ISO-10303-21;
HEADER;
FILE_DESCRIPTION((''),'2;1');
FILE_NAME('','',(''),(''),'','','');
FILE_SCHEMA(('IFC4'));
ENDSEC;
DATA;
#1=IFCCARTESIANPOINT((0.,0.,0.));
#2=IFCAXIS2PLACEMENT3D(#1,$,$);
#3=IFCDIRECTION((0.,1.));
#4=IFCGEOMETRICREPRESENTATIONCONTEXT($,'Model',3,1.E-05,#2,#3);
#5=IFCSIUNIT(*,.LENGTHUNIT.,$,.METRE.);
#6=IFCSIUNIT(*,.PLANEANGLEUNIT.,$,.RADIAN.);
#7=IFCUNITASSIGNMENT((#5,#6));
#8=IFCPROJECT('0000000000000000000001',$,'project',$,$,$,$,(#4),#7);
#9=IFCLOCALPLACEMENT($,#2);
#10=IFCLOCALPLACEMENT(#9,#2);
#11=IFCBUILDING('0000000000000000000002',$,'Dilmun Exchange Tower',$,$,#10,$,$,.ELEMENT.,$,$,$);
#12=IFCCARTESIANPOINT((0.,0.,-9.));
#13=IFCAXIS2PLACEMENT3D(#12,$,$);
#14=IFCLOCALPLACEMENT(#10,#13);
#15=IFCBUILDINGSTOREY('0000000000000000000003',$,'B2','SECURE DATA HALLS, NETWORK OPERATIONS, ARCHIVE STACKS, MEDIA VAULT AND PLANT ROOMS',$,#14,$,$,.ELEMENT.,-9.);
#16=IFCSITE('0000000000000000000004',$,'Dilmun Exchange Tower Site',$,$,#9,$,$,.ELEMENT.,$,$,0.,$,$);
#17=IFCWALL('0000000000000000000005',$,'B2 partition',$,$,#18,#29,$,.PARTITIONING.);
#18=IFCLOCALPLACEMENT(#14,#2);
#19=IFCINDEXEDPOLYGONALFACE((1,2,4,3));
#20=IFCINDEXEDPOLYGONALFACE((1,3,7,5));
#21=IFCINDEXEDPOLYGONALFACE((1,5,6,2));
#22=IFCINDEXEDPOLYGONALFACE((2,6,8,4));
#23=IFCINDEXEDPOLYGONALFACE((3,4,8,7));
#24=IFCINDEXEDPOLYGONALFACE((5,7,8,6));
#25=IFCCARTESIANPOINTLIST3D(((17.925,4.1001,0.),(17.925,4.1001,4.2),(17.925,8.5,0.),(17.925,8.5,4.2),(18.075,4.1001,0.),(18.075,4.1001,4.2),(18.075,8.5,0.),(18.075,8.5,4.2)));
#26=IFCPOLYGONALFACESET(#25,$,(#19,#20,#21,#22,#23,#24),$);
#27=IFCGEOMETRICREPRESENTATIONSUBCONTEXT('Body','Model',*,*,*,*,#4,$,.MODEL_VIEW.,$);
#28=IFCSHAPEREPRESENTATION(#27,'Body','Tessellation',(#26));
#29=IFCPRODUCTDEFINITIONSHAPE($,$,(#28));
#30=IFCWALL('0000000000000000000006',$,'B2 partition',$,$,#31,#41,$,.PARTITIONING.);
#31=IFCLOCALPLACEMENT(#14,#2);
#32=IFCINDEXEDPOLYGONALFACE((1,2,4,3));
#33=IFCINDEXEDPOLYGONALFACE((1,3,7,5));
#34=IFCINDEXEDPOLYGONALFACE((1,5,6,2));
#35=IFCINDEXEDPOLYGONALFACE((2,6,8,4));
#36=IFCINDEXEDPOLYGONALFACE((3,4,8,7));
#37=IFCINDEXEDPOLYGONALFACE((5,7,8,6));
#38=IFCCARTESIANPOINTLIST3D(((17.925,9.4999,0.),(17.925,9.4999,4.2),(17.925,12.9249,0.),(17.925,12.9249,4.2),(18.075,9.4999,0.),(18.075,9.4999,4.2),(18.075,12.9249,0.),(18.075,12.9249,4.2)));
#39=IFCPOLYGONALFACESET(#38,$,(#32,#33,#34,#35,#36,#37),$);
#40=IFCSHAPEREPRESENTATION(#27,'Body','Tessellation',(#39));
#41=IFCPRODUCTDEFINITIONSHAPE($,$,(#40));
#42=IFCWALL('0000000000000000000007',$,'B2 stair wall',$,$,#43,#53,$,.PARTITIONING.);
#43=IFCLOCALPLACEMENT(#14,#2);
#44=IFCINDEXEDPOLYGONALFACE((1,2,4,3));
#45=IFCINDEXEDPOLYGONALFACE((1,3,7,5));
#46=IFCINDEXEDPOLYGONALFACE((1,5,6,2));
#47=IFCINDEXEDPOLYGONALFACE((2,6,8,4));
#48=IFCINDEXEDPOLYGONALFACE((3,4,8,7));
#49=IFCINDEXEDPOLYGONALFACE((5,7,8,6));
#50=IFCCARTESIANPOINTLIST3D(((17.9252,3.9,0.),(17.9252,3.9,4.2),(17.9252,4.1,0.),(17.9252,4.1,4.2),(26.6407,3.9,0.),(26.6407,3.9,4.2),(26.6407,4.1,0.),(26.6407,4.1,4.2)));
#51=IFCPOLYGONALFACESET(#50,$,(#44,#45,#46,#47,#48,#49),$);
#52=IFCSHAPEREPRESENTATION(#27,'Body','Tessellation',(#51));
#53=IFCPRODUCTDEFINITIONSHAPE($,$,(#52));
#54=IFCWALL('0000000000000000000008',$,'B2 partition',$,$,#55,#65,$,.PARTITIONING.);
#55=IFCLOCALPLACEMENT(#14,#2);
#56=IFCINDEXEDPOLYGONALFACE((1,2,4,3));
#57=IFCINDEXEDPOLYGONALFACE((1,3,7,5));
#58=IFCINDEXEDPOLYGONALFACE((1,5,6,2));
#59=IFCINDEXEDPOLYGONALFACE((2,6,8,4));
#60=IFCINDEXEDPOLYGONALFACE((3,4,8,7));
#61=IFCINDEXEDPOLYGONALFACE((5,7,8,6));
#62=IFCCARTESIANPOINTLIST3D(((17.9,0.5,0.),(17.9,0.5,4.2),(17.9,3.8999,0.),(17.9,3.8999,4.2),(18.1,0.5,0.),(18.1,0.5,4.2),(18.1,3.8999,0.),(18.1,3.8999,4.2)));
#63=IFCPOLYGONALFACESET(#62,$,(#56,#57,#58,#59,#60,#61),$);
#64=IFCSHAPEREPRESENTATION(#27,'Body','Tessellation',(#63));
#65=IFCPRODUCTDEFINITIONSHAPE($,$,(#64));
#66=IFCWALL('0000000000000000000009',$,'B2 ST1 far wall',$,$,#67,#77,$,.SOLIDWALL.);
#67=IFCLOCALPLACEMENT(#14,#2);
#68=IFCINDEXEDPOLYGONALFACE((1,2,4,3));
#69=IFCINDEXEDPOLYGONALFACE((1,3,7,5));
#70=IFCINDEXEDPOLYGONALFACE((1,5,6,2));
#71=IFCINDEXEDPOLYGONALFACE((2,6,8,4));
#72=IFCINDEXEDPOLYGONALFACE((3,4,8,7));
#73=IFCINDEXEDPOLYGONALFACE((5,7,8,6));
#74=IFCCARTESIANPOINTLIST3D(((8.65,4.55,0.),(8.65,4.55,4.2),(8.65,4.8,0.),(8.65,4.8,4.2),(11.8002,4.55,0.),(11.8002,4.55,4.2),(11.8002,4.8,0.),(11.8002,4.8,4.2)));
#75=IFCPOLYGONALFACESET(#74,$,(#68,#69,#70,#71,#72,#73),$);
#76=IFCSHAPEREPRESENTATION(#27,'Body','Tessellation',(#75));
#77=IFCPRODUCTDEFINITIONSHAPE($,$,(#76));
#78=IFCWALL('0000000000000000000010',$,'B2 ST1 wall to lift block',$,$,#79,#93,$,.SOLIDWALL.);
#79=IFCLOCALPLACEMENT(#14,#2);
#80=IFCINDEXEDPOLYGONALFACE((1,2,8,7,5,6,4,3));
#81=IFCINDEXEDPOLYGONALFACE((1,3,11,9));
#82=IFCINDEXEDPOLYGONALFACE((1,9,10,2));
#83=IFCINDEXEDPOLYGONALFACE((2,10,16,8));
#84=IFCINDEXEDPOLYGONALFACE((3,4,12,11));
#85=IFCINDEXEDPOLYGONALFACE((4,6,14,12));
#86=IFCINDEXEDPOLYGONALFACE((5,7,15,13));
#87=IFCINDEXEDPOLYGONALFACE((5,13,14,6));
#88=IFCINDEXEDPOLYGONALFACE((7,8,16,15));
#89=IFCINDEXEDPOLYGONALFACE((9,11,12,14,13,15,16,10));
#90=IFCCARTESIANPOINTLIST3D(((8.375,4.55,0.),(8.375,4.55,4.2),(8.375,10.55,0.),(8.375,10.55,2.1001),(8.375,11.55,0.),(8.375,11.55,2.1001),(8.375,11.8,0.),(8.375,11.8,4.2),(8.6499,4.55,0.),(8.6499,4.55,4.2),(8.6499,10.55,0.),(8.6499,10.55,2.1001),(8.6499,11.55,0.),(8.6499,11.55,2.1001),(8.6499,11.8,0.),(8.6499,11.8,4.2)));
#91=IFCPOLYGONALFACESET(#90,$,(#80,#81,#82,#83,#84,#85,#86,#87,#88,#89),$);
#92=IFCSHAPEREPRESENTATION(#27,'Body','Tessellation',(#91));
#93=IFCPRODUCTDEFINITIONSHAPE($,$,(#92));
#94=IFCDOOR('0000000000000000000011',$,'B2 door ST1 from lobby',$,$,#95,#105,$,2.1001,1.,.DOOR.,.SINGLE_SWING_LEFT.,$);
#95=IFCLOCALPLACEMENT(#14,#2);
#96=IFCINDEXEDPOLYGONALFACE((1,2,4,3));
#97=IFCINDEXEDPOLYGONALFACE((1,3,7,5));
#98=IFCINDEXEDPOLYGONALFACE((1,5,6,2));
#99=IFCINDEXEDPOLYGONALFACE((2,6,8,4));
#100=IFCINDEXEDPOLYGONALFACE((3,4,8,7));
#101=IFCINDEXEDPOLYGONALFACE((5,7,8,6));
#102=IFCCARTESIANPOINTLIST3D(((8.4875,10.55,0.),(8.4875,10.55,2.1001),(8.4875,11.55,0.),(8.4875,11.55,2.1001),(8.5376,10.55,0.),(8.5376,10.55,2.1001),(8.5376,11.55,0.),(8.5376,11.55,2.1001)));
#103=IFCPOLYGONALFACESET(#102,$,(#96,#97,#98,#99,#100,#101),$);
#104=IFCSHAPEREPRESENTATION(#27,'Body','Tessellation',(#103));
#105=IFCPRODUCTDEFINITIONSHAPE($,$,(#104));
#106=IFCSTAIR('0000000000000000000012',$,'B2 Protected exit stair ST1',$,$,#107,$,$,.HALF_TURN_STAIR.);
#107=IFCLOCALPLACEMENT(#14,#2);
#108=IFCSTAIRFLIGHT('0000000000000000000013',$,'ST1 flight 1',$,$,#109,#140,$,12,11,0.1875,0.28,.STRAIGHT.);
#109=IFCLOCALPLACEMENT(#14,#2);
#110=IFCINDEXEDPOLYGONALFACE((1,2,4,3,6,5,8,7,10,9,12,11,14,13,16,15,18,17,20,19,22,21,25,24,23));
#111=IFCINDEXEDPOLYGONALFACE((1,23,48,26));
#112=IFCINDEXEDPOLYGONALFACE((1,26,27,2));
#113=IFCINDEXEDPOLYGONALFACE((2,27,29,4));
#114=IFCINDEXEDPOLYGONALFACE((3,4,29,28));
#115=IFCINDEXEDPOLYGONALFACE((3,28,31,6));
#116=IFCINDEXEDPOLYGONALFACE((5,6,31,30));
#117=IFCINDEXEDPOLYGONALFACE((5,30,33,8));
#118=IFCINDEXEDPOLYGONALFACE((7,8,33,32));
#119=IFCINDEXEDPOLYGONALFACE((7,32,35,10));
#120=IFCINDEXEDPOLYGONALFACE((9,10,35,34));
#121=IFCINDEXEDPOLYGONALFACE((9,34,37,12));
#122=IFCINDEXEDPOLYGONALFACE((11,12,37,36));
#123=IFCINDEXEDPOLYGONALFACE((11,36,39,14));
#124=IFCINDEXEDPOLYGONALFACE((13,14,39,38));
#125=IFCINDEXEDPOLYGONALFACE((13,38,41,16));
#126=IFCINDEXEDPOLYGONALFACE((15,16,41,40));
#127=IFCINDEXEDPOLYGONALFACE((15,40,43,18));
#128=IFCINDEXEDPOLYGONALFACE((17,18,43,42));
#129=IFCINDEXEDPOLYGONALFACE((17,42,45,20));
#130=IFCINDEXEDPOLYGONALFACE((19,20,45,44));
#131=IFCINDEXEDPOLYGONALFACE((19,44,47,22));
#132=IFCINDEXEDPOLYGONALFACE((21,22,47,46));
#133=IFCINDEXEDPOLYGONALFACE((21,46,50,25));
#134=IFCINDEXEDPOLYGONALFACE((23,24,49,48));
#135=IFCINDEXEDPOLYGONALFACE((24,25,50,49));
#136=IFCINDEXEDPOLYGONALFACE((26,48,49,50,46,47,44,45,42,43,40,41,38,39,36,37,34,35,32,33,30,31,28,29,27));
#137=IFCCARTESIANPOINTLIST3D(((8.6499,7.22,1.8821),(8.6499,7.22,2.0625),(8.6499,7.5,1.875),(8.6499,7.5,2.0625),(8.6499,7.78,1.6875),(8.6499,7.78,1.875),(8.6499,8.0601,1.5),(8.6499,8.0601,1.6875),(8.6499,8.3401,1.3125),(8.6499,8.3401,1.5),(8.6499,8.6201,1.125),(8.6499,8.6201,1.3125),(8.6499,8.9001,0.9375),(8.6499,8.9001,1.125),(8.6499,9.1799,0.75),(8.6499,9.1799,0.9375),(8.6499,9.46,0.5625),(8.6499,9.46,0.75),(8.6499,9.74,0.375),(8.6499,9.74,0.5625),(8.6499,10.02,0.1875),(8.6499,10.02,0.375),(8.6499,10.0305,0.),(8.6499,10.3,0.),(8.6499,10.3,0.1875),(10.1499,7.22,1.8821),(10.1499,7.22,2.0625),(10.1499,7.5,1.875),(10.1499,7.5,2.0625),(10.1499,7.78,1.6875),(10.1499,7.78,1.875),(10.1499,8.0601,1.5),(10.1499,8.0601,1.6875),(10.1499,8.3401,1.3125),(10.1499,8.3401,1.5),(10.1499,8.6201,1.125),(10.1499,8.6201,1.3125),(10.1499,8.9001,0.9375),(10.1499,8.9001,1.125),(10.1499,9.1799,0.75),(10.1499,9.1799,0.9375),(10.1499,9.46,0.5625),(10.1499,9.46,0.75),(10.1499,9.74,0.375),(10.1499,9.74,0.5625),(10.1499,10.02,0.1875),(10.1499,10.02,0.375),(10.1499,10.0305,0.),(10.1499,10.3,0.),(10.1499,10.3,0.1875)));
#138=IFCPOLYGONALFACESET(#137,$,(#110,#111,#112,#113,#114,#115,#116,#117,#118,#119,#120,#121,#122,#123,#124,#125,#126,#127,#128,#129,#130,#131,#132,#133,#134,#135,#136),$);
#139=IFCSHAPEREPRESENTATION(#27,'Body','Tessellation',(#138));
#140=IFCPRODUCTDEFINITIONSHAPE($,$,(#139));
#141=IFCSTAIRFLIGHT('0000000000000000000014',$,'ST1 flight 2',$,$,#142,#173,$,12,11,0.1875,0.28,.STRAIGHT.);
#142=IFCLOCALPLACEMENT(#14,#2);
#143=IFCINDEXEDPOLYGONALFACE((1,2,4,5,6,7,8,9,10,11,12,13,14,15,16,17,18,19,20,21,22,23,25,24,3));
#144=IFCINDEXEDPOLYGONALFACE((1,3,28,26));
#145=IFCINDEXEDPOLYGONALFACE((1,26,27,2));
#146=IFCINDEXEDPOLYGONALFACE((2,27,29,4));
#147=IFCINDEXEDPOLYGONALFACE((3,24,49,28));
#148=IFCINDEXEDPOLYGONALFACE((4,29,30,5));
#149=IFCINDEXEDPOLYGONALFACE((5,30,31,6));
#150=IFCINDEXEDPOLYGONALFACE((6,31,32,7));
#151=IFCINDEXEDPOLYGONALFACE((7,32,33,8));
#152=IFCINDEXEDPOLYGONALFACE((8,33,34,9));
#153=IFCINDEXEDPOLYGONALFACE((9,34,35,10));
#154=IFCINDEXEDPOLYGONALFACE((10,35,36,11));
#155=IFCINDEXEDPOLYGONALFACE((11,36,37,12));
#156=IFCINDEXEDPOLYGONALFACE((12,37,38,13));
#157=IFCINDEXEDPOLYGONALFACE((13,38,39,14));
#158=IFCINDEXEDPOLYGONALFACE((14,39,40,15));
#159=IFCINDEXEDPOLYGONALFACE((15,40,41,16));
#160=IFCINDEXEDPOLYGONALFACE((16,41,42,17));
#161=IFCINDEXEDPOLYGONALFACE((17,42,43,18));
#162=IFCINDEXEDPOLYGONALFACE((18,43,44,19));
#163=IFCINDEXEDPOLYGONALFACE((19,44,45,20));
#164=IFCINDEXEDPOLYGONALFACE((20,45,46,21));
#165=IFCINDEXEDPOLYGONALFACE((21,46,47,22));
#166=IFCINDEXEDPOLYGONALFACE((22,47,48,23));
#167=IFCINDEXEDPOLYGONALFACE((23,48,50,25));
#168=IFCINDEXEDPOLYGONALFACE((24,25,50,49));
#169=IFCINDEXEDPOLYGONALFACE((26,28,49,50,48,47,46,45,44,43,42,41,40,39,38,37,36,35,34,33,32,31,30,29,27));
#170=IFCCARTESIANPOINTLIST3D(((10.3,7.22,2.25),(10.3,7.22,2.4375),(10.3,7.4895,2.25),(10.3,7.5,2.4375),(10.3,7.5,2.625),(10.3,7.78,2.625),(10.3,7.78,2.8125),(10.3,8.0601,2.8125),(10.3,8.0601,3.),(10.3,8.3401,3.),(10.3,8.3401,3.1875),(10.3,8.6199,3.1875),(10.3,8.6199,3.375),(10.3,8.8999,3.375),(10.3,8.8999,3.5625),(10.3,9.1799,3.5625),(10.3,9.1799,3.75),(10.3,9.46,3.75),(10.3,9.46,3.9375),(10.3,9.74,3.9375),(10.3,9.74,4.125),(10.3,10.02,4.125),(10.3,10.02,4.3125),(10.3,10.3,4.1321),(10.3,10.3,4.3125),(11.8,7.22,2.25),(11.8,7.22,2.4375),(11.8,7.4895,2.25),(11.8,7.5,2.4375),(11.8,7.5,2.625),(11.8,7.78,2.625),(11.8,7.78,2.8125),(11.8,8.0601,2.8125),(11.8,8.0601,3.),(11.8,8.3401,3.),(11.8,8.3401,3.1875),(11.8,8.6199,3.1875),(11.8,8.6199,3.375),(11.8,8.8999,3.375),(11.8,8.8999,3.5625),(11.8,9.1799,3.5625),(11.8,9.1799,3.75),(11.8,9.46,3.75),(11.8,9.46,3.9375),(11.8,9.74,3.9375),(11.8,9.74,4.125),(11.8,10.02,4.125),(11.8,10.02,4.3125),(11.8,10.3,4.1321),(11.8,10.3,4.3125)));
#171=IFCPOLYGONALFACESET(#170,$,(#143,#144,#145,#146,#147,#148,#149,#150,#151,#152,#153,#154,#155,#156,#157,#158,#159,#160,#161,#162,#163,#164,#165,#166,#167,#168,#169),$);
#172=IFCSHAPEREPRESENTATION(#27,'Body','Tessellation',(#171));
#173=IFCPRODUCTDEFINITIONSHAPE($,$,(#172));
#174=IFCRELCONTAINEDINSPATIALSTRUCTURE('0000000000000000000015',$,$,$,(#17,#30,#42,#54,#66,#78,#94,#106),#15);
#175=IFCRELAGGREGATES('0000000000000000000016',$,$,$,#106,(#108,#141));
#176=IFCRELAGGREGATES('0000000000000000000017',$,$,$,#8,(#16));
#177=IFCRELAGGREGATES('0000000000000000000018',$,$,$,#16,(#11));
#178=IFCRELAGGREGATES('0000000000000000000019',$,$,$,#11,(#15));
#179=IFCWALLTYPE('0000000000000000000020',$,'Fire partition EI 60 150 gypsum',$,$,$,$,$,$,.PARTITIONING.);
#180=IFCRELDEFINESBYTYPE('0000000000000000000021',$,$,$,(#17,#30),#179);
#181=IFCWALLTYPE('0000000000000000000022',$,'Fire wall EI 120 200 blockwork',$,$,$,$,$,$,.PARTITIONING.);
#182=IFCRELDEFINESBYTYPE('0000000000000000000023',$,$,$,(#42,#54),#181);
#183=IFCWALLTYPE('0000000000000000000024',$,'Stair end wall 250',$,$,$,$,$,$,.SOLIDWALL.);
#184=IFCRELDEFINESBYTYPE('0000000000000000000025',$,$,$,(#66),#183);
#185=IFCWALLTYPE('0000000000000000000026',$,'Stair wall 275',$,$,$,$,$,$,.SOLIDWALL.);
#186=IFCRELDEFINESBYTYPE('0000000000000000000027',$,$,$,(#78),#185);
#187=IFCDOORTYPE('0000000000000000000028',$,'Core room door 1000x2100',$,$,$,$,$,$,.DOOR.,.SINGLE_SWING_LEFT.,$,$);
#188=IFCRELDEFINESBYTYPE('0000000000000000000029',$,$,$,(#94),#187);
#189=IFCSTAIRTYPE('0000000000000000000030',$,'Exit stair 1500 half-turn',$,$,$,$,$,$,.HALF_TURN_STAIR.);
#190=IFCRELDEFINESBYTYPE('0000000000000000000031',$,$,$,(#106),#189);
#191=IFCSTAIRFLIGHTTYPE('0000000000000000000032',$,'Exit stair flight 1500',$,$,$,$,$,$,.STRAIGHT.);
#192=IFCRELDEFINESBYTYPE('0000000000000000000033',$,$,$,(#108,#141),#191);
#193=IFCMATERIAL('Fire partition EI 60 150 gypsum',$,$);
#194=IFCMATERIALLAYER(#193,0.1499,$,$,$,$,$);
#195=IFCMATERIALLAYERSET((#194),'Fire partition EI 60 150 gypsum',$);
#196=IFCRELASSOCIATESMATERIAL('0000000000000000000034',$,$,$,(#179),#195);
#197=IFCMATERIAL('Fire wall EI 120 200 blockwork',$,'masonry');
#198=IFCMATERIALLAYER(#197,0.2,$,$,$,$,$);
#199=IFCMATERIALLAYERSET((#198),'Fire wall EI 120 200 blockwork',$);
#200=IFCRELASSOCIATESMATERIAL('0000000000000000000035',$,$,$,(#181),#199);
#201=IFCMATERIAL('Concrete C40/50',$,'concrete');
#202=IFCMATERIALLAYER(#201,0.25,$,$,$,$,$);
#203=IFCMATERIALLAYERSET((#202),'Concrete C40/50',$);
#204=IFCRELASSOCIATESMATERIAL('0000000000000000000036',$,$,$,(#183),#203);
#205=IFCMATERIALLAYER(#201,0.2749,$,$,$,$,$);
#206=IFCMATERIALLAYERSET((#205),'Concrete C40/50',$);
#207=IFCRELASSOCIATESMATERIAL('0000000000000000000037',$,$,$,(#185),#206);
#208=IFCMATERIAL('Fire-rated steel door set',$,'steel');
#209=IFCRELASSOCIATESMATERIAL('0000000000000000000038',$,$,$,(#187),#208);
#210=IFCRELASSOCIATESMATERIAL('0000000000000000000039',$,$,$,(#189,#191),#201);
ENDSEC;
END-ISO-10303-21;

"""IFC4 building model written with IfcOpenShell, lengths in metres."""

from ifc_helpers import new_model, si_unit, direction, frame, frame_2d, origin, place, context, subcontext, project, spatial, polyline, rectangle, outline, extrude, material, layer, layer_set, type_object, element, fill, aggregate, save


model = new_model("IFC4")

# Units and contexts
model_context = context("Model", 3, precision=1e-05, world=origin(), true_north=direction((0.0, 1.0)))
body_context = subcontext(model_context, "Body", "Model", "MODEL_VIEW")
ifc_project = project(units=[si_unit("LENGTHUNIT", "METRE"), si_unit("PLANEANGLEUNIT", "RADIAN")], contexts=[model_context])

# Site, building, storey
site_placement = place(None, origin())
site = spatial("IfcSite", under=ifc_project, at=site_placement, Name="Dilmun Exchange Tower Site", CompositionType="ELEMENT", RefElevation=0.0)
building_placement = place(site_placement, origin())
building = spatial("IfcBuilding", under=site, at=building_placement, Name="Dilmun Exchange Tower", CompositionType="ELEMENT")
storey_placement = place(building_placement, frame((0.0, 0.0, -9.0)))
storey = spatial("IfcBuildingStorey", under=building, at=storey_placement, Name="B2", Description="SECURE DATA HALLS, NETWORK OPERATIONS, ARCHIVE STACKS, MEDIA VAULT AND PLANT ROOMS", CompositionType="ELEMENT", Elevation=-9.0)

# Shared definitions
ifc_material_1 = material(Name="Concrete C40/50", Category="concrete")

# Shared definitions
ifc_material_2 = material(Name="Fire partition EI 60 150 gypsum")
ifc_layer_1 = layer(ifc_material_2, 0.1499)
ifc_layer_set_1 = layer_set([ifc_layer_1], Name="Fire partition EI 60 150 gypsum")
wall_type_1 = type_object("IfcWallType", Name="Fire partition EI 60 150 gypsum", PredefinedType="PARTITIONING", material=ifc_layer_set_1)

# Walls
wall_1_placement = place(storey_placement, frame((18.0, 4.1001, 0.0), z_axis=(0.0, 0.0, 1.0), x_axis=(0.0, 1.0, 0.0)))
element("IfcWall", 1, at=wall_1_placement, inside=storey, type_object=wall_type_1, Name="B2 partition", PredefinedType="PARTITIONING", context=body_context, shape_type="SweptSolid", body=[
    extrude(rectangle(XDim=4.3999, YDim=0.1499, at=frame_2d((2.2, 0.0))), origin(), (0.0, 0.0, 1.0), 4.2),
])
wall_2_placement = place(storey_placement, frame((18.0, 9.5, 0.0), z_axis=(0.0, 0.0, 1.0), x_axis=(0.0, 1.0, 0.0)))
element("IfcWall", 2, at=wall_2_placement, inside=storey, type_object=wall_type_1, Name="B2 partition", PredefinedType="PARTITIONING", context=body_context, shape_type="SweptSolid", body=[
    extrude(rectangle(XDim=3.425, YDim=0.1499, at=frame_2d((1.7124, 0.0))), origin(), (0.0, 0.0, 1.0), 4.2),
])
ifc_material_3 = material(Name="Fire wall EI 120 200 blockwork", Category="masonry")
ifc_layer_2 = layer(ifc_material_3, 0.2)
ifc_layer_set_2 = layer_set([ifc_layer_2], Name="Fire wall EI 120 200 blockwork")
wall_type_2 = type_object("IfcWallType", Name="Fire wall EI 120 200 blockwork", PredefinedType="PARTITIONING", material=ifc_layer_set_2)
wall_3_placement = place(storey_placement, frame((17.925, 4.0, 0.0), z_axis=(0.0, 0.0, 1.0), x_axis=(1.0, 0.0, 0.0)))
element("IfcWall", 3, at=wall_3_placement, inside=storey, type_object=wall_type_2, Name="B2 stair wall", PredefinedType="PARTITIONING", context=body_context, shape_type="SweptSolid", body=[
    extrude(rectangle(XDim=8.7156, YDim=0.2, at=frame_2d((4.3579, 0.0))), origin(), (0.0, 0.0, 1.0), 4.2),
])
wall_4_placement = place(storey_placement, frame((18.0, 0.5, 0.0), z_axis=(0.0, 0.0, 1.0), x_axis=(0.0, 1.0, 0.0)))
element("IfcWall", 4, at=wall_4_placement, inside=storey, type_object=wall_type_2, Name="B2 partition", PredefinedType="PARTITIONING", context=body_context, shape_type="SweptSolid", body=[
    extrude(rectangle(XDim=3.3999, YDim=0.2, at=frame_2d((1.7, 0.0))), origin(), (0.0, 0.0, 1.0), 4.2),
])
ifc_layer_3 = layer(ifc_material_1, 0.25)
ifc_layer_set_3 = layer_set([ifc_layer_3], Name="Concrete C40/50")
wall_type_3 = type_object("IfcWallType", Name="Stair end wall 250", PredefinedType="SOLIDWALL", material=ifc_layer_set_3)
wall_5_placement = place(storey_placement, frame((8.6499, 4.675, 0.0), z_axis=(0.0, 0.0, 1.0), x_axis=(1.0, 0.0, 0.0)))
element("IfcWall", 5, at=wall_5_placement, inside=storey, type_object=wall_type_3, Name="B2 ST1 far wall", PredefinedType="SOLIDWALL", context=body_context, shape_type="SweptSolid", body=[
    extrude(rectangle(XDim=3.1501, YDim=0.25, at=frame_2d((1.5752, 0.0))), origin(), (0.0, 0.0, 1.0), 4.2),
])

# Wall, opening, door
ifc_layer_4 = layer(ifc_material_1, 0.2749)
ifc_layer_set_4 = layer_set([ifc_layer_4], Name="Concrete C40/50")
wall_type_4 = type_object("IfcWallType", Name="Stair wall 275", PredefinedType="SOLIDWALL", material=ifc_layer_set_4)
wall_6_placement = place(storey_placement, frame((8.5125, 4.55, 0.0), z_axis=(0.0, 0.0, 1.0), x_axis=(0.0, 1.0, 0.0)))
wall_6 = element("IfcWall", 6, at=wall_6_placement, inside=storey, type_object=wall_type_4, Name="B2 ST1 wall to lift block", PredefinedType="SOLIDWALL", context=body_context, shape_type="SweptSolid", body=[
    extrude(rectangle(XDim=7.25, YDim=0.2749, at=frame_2d((3.625, 0.0))), origin(), (0.0, 0.0, 1.0), 4.2),
])
opening_1_placement = place(wall_6_placement, frame((6.0, 0.0, 0.0)))
opening_1 = element("IfcOpeningElement", 7, at=opening_1_placement, cuts=wall_6, PredefinedType="OPENING", context=body_context, shape_type="SweptSolid", body=[
    extrude(rectangle(XDim=1.0, YDim=2.1001, at=frame_2d((0.5, 1.05))), frame((0.0, 0.1475, 0.0), z_axis=(0.0, -1.0, 0.0), x_axis=(1.0, 0.0, 0.0)), (0.0, 0.0, 1.0), 0.2949),
])
ifc_material_4 = material(Name="Fire-rated steel door set", Category="steel")
door_type_1 = type_object("IfcDoorType", Name="Core room door 1000x2100", OperationType="SINGLE_SWING_LEFT", PredefinedType="DOOR", material=ifc_material_4)
door_1_placement = place(opening_1_placement, origin())
door_1 = element("IfcDoor", 8, at=door_1_placement, inside=storey, type_object=door_type_1, Name="B2 door ST1 from lobby", OperationType="SINGLE_SWING_LEFT", OverallHeight=2.1001, OverallWidth=1.0, PredefinedType="DOOR", context=body_context, shape_type="SweptSolid", body=[
    extrude(rectangle(XDim=1.0, YDim=2.1001, at=frame_2d((0.5, 1.05))), frame((0.0, 0.0249, 0.0), z_axis=(0.0, -1.0, 0.0), x_axis=(1.0, 0.0, 0.0)), (0.0, 0.0, 1.0), 0.05),
])
fill(opening_1, door_1)

# Stair, stair flights
stair_type = type_object("IfcStairType", Name="Exit stair 1500 half-turn", PredefinedType="HALF_TURN_STAIR", material=ifc_material_1)
stair_placement = place(storey_placement, origin())
stair = element("IfcStair", 9, at=stair_placement, inside=storey, type_object=stair_type, Name="B2 Protected exit stair ST1", PredefinedType="HALF_TURN_STAIR")
stair_flight_type = type_object("IfcStairFlightType", Name="Exit stair flight 1500", PredefinedType="STRAIGHT", material=ifc_material_1)
stair_flight_1_placement = place(storey_placement, frame((9.3999, 10.3, 0.0), z_axis=(0.0, 0.0, 1.0), x_axis=(0.0, -1.0, 0.0)))
stair_flight_1 = element("IfcStairFlight", 10, at=stair_flight_1_placement, type_object=stair_flight_type, Name="ST1 flight 1", NumberOfRisers=12, NumberOfTreads=11, PredefinedType="STRAIGHT", RiserHeight=0.1875, TreadLength=0.28, context=body_context, shape_type="SweptSolid", body=[
    extrude(outline(polyline([(0.0, 0.0), (0.0, 0.1875), (0.28, 0.1875), (0.28, 0.375), (0.5601, 0.375), (0.5601, 0.5625), (0.8401, 0.5625), (0.8401, 0.75), (1.1201, 0.75), (1.1201, 0.9375), (1.3999, 0.9375), (1.3999, 1.125), (1.6799, 1.125), (1.6799, 1.3125), (1.96, 1.3125), (1.96, 1.5), (2.24, 1.5), (2.24, 1.6875), (2.52, 1.6875), (2.52, 1.875), (2.8, 1.875), (2.8, 2.0625), (3.0801, 2.0625), (3.0801, 2.25), (3.0801, 1.8821), (0.2695, 0.0), (0.0, 0.0)])), frame((0.0, 0.75, 0.0), z_axis=(0.0, -1.0, 0.0), x_axis=(1.0, 0.0, 0.0)), (0.0, 0.0, 1.0), 1.5),
])
stair_flight_2_placement = place(storey_placement, frame((11.05, 7.22, 2.25), z_axis=(0.0, 0.0, 1.0), x_axis=(0.0, 1.0, 0.0)))
stair_flight_2 = element("IfcStairFlight", 11, at=stair_flight_2_placement, type_object=stair_flight_type, Name="ST1 flight 2", NumberOfRisers=12, NumberOfTreads=11, PredefinedType="STRAIGHT", RiserHeight=0.1875, TreadLength=0.28, context=body_context, shape_type="SweptSolid", body=[
    extrude(outline(polyline([(0.0, 0.0), (0.0, 0.1875), (0.28, 0.1875), (0.28, 0.375), (0.5601, 0.375), (0.5601, 0.5625), (0.8401, 0.5625), (0.8401, 0.75), (1.1201, 0.75), (1.1201, 0.9375), (1.3999, 0.9375), (1.3999, 1.125), (1.6799, 1.125), (1.6799, 1.3125), (1.96, 1.3125), (1.96, 1.5), (2.24, 1.5), (2.24, 1.6875), (2.52, 1.6875), (2.52, 1.875), (2.8, 1.875), (2.8, 2.0625), (3.0801, 2.0625), (3.0801, 2.25), (3.0801, 1.8821), (0.2695, 0.0), (0.0, 0.0)])), frame((0.0, 0.75, 0.0), z_axis=(0.0, -1.0, 0.0), x_axis=(1.0, 0.0, 0.0)), (0.0, 0.0, 1.0), 1.5),
])
aggregate(stair, [stair_flight_1, stair_flight_2])

save(model, "model.ifc")
